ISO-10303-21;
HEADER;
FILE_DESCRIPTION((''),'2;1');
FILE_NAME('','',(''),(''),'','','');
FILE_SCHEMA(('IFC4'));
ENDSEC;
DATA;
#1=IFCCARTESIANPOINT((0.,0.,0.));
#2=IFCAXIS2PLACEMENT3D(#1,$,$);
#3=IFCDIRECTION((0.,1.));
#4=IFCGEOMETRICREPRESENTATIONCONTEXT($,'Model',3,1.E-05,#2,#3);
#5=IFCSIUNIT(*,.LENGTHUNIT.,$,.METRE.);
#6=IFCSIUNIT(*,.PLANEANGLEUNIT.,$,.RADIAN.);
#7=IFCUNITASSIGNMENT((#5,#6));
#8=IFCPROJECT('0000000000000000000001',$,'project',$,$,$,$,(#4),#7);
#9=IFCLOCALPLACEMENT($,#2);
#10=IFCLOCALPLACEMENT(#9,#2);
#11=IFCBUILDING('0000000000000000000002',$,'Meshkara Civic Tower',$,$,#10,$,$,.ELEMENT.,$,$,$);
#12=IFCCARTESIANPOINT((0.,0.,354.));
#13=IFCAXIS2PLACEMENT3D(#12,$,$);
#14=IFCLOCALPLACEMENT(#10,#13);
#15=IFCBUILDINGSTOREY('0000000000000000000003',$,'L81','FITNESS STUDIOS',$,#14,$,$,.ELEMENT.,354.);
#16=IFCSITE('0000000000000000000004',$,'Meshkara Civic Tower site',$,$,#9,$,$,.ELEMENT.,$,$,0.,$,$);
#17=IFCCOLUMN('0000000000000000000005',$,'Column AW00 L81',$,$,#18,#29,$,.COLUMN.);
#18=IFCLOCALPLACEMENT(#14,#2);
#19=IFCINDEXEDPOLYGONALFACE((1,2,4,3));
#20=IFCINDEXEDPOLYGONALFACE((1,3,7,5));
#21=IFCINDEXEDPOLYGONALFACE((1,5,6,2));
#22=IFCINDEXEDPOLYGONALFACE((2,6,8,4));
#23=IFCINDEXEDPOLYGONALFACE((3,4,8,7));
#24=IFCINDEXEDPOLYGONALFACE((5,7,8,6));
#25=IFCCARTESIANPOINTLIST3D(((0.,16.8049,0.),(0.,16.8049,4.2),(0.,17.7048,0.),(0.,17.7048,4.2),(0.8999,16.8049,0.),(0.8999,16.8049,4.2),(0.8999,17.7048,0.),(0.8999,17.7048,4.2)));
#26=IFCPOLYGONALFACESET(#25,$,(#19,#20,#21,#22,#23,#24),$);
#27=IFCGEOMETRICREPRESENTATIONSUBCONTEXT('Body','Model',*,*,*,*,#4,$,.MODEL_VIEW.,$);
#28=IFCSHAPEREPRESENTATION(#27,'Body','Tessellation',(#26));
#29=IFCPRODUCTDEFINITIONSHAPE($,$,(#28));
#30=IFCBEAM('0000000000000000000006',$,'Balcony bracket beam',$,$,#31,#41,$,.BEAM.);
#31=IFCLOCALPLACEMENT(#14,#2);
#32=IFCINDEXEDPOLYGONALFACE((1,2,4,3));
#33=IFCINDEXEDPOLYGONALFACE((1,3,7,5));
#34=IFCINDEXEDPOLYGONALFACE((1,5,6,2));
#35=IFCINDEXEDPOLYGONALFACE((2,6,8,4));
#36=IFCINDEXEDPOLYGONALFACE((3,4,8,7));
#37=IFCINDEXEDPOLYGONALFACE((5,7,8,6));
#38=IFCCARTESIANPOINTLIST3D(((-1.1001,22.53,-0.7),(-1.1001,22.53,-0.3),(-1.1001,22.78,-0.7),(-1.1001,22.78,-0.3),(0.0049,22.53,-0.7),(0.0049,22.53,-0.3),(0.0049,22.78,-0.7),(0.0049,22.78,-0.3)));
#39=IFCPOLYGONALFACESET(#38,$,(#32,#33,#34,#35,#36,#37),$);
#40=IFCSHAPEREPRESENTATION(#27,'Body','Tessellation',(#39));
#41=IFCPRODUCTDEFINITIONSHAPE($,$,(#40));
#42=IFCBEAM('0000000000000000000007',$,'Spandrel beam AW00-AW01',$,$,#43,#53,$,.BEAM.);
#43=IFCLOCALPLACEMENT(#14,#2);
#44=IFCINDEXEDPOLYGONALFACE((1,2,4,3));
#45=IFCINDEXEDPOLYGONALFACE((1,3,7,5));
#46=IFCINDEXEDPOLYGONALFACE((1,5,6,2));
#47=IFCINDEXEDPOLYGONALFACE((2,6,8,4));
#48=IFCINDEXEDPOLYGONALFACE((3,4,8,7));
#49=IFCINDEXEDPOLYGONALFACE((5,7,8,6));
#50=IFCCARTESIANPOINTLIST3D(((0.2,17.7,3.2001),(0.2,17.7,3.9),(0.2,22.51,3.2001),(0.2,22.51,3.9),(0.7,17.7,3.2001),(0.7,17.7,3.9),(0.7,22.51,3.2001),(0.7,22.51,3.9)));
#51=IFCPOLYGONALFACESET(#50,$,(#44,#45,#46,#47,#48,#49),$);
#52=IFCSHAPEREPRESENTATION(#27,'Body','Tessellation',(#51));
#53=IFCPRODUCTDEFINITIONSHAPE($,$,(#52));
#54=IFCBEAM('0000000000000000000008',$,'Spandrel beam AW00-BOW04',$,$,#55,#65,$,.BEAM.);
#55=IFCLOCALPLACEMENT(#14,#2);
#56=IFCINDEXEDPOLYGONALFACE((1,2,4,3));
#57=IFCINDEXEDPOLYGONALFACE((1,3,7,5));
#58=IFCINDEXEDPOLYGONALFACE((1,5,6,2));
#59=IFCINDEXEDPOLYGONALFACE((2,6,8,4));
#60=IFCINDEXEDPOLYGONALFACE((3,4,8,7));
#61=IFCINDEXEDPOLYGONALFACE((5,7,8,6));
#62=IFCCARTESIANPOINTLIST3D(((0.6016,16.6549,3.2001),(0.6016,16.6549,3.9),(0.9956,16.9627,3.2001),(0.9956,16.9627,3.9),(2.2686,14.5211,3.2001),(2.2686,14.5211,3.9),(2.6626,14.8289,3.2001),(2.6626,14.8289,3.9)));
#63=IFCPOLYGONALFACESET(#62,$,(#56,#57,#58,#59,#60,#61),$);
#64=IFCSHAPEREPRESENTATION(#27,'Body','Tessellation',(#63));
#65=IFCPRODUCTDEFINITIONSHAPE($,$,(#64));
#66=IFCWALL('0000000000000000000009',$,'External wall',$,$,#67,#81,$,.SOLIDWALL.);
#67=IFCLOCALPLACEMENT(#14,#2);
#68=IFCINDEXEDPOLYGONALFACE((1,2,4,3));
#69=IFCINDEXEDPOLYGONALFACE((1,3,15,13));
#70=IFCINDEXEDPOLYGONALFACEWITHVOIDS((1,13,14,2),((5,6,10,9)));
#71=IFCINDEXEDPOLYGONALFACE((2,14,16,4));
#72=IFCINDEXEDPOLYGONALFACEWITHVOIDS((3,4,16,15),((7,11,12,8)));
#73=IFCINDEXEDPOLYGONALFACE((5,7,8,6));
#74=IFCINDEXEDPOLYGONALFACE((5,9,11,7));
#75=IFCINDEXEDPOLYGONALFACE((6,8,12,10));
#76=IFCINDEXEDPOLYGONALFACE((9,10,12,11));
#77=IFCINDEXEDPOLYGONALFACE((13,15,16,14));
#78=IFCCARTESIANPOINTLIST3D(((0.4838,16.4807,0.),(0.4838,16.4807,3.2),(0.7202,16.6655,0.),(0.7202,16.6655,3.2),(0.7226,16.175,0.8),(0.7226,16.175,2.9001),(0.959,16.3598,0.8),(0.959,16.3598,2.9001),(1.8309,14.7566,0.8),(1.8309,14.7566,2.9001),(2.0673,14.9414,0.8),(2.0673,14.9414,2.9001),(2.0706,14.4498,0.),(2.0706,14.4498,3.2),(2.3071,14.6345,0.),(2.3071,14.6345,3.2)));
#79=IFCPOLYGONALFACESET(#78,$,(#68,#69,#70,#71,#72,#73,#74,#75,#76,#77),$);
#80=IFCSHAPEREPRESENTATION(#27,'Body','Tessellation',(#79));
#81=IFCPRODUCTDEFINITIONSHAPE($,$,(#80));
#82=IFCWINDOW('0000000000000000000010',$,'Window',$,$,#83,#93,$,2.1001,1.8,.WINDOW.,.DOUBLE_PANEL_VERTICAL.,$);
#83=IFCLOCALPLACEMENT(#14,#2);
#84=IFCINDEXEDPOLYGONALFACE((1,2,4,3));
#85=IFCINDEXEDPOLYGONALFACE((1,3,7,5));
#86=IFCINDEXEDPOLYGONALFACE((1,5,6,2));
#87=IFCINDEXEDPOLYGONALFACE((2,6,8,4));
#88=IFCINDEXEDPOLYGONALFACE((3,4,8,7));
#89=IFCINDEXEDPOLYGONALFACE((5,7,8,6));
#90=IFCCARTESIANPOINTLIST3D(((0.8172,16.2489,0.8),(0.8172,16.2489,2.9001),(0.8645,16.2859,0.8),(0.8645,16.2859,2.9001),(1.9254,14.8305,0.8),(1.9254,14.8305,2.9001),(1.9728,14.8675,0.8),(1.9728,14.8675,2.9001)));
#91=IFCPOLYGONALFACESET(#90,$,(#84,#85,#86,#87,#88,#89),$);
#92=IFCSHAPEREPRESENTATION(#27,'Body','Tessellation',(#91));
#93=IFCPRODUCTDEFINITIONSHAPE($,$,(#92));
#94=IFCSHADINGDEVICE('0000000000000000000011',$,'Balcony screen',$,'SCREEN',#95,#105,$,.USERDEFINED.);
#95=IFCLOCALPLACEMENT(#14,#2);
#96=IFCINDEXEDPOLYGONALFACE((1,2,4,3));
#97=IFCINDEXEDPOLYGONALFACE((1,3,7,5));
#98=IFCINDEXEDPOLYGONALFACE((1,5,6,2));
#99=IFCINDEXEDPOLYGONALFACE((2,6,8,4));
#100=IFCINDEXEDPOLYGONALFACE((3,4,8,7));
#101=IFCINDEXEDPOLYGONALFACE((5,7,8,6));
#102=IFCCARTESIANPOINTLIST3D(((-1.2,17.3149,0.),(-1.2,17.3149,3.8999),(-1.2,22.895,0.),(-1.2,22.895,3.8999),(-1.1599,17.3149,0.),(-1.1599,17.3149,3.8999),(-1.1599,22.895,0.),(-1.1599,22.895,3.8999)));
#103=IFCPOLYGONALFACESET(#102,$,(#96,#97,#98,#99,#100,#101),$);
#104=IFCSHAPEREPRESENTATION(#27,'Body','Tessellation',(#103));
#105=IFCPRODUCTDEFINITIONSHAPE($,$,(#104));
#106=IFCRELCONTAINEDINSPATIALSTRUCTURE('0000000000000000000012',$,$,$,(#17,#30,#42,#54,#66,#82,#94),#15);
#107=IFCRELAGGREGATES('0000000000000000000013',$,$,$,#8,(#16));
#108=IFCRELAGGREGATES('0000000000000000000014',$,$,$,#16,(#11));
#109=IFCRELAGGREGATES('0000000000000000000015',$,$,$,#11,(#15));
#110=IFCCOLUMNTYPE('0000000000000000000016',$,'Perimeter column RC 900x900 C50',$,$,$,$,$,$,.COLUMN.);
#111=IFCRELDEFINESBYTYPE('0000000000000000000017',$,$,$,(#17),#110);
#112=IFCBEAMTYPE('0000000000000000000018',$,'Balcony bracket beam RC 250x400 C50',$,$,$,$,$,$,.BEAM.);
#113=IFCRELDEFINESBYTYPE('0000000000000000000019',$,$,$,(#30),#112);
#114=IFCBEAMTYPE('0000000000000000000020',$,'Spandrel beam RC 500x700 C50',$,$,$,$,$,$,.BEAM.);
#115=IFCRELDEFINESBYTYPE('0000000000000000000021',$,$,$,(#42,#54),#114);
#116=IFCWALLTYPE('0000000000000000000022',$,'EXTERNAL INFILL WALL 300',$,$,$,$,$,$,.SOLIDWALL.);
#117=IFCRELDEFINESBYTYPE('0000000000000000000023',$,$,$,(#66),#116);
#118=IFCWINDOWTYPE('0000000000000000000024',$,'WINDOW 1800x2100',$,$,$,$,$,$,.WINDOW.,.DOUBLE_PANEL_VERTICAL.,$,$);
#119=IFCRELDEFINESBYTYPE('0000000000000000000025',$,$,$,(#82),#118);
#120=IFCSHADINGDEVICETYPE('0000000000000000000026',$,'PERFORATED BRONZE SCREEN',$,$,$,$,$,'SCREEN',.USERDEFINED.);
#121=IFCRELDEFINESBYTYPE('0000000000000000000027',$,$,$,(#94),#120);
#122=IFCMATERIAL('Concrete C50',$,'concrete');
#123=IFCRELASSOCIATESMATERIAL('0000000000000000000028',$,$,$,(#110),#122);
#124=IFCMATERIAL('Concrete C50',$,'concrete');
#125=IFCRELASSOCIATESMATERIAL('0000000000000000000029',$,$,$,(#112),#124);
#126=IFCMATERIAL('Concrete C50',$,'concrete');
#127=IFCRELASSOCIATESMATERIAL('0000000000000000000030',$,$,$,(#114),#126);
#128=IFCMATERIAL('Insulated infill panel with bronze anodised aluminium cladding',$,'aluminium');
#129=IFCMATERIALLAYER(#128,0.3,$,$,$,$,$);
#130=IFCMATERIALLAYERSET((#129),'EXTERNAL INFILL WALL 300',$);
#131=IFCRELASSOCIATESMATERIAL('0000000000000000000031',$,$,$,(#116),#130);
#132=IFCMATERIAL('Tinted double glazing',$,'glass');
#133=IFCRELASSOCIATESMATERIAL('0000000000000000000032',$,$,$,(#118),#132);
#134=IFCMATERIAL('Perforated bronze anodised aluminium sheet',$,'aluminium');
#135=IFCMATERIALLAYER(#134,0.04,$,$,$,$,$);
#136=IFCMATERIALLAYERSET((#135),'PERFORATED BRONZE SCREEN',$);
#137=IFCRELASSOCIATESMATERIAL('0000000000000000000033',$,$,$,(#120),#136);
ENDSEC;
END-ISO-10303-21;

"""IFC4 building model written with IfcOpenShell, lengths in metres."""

from ifc_helpers import new_model, si_unit, direction, frame, frame_2d, origin, origin_2d, place, context, subcontext, project, spatial, rectangle, extrude, material, layer, layer_set, material_profile, profile_set, type_object, element, fill, save


model = new_model("IFC4")

# Units and contexts
model_context = context("Model", 3, precision=1e-05, world=origin(), true_north=direction((0.0, 1.0)))
body_context = subcontext(model_context, "Body", "Model", "MODEL_VIEW")
ifc_project = project(units=[si_unit("LENGTHUNIT", "METRE"), si_unit("PLANEANGLEUNIT", "RADIAN")], contexts=[model_context])

# Site, building, storey
site_placement = place(None, origin())
site = spatial("IfcSite", under=ifc_project, at=site_placement, Name="Meshkara Civic Tower site", CompositionType="ELEMENT", RefElevation=0.0)
building_placement = place(site_placement, origin())
building = spatial("IfcBuilding", under=site, at=building_placement, Name="Meshkara Civic Tower", CompositionType="ELEMENT")
storey_placement = place(building_placement, frame((0.0, 0.0, 354.0)))
storey = spatial("IfcBuildingStorey", under=building, at=storey_placement, Name="L81", Description="FITNESS STUDIOS", CompositionType="ELEMENT", Elevation=354.0)

# Column
ifc_material_1 = material(Name="Concrete C50", Category="concrete")
ifc_material_profile_1 = material_profile(ifc_material_1, rectangle(XDim=0.8999, YDim=0.8999, at=origin_2d()))
ifc_profile_set_1 = profile_set([ifc_material_profile_1], Name="Concrete C50")
column_type = type_object("IfcColumnType", Name="Perimeter column RC 900x900 C50", PredefinedType="COLUMN", material=ifc_profile_set_1)
column_placement = place(storey_placement, frame((0.45, 17.2549, 0.0), z_axis=(0.0, 0.0, 1.0), x_axis=(1.0, 0.0, 0.0)))
element("IfcColumn", 1, at=column_placement, inside=storey, type_object=column_type, Name="Column AW00 L81", PredefinedType="COLUMN", context=body_context, shape_type="SweptSolid", body=[
    extrude(rectangle(XDim=0.8999, YDim=0.8999, at=origin_2d()), origin(), (0.0, 0.0, 1.0), 4.2),
])

# Beams
ifc_material_2 = material(Name="Concrete C50", Category="concrete")
ifc_material_profile_2 = material_profile(ifc_material_2, rectangle(XDim=0.25, YDim=0.3999, at=origin_2d()))
ifc_profile_set_2 = profile_set([ifc_material_profile_2], Name="Concrete C50")
beam_type_1 = type_object("IfcBeamType", Name="Balcony bracket beam RC 250x400 C50", PredefinedType="BEAM", material=ifc_profile_set_2)
beam_1_placement = place(storey_placement, frame((0.0049, 22.655, -0.5), z_axis=(-1.0, 0.0, 0.0), x_axis=(0.0, -1.0, 0.0)))
element("IfcBeam", 2, at=beam_1_placement, inside=storey, type_object=beam_type_1, Name="Balcony bracket beam", PredefinedType="BEAM", context=body_context, shape_type="SweptSolid", body=[
    extrude(rectangle(XDim=0.25, YDim=0.3999, at=origin_2d()), origin(), (0.0, 0.0, 1.0), 1.105),
])
ifc_material_3 = material(Name="Concrete C50", Category="concrete")
ifc_material_profile_3 = material_profile(ifc_material_3, rectangle(XDim=0.5, YDim=0.7, at=origin_2d()))
ifc_profile_set_3 = profile_set([ifc_material_profile_3], Name="Concrete C50")
beam_type_2 = type_object("IfcBeamType", Name="Spandrel beam RC 500x700 C50", PredefinedType="BEAM", material=ifc_profile_set_3)
beam_2_placement = place(storey_placement, frame((0.45, 22.51, 3.55), z_axis=(0.0, -1.0, 0.0), x_axis=(1.0, 0.0, 0.0)))
element("IfcBeam", 3, at=beam_2_placement, inside=storey, type_object=beam_type_2, Name="Spandrel beam AW00-AW01", PredefinedType="BEAM", context=body_context, shape_type="SweptSolid", body=[
    extrude(rectangle(XDim=0.5, YDim=0.7, at=origin_2d()), origin(), (0.0, 0.0, 1.0), 4.8101),
])
beam_3_placement = place(storey_placement, frame((0.7986, 16.8088, 3.55), z_axis=(0.615637, -0.78803, 0.0), x_axis=(0.78803, 0.615637, 0.0)))
element("IfcBeam", 4, at=beam_3_placement, inside=storey, type_object=beam_type_2, Name="Spandrel beam AW00-BOW04", PredefinedType="BEAM", context=body_context, shape_type="SweptSolid", body=[
    extrude(rectangle(XDim=0.5, YDim=0.7, at=origin_2d()), origin(), (0.0, 0.0, 1.0), 2.7078),
])

# Wall, opening, window
ifc_material_4 = material(Name="Insulated infill panel with bronze anodised aluminium cladding", Category="aluminium")
ifc_layer_1 = layer(ifc_material_4, 0.3)
ifc_layer_set_1 = layer_set([ifc_layer_1], Name="EXTERNAL INFILL WALL 300")
wall_type_1 = type_object("IfcWallType", Name="EXTERNAL INFILL WALL 300", PredefinedType="SOLIDWALL", material=ifc_layer_set_1)
wall_1_placement = place(storey_placement, frame((0.6021, 16.573, 0.0), z_axis=(0.0, 0.0, 1.0), x_axis=(0.61569, -0.787988, 0.0)))
wall_1 = element("IfcWall", 5, at=wall_1_placement, inside=storey, type_object=wall_type_1, Name="External wall", PredefinedType="SOLIDWALL", context=body_context, shape_type="SweptSolid", body=[
    extrude(rectangle(XDim=2.5774, YDim=0.3, at=frame_2d((1.2886, 0.0))), origin(), (0.0, 0.0, 1.0), 3.2),
])
opening_1_placement = place(wall_1_placement, frame((0.3879, 0.0, 0.8)))
opening_1 = element("IfcOpeningElement", 6, at=opening_1_placement, cuts=wall_1, PredefinedType="OPENING", context=body_context, shape_type="SweptSolid", body=[
    extrude(rectangle(XDim=1.8, YDim=2.1001, at=frame_2d((0.8999, 1.05))), frame((0.0, 0.1599, 0.0), z_axis=(0.0, -1.0, 0.0), x_axis=(1.0, 0.0, 0.0)), (0.0, 0.0, 1.0), 0.3201),
])
ifc_material_5 = material(Name="Tinted double glazing", Category="glass")
window_type = type_object("IfcWindowType", Name="WINDOW 1800x2100", PartitioningType="DOUBLE_PANEL_VERTICAL", PredefinedType="WINDOW", material=ifc_material_5)
window_placement = place(opening_1_placement, origin())
window = element("IfcWindow", 7, at=window_placement, inside=storey, type_object=window_type, Name="Window", OverallHeight=2.1001, OverallWidth=1.8, PartitioningType="DOUBLE_PANEL_VERTICAL", PredefinedType="WINDOW", context=body_context, shape_type="SweptSolid", body=[
    extrude(rectangle(XDim=1.8, YDim=2.1001, at=frame_2d((0.8999, 1.05))), frame((0.0, 0.03, 0.0), z_axis=(0.0, -1.0, 0.0), x_axis=(1.0, 0.0, 0.0)), (0.0, 0.0, 1.0), 0.0601),
])
fill(opening_1, window)

# Shading device
ifc_material_6 = material(Name="Perforated bronze anodised aluminium sheet", Category="aluminium")
ifc_layer_2 = layer(ifc_material_6, 0.04)
ifc_layer_set_2 = layer_set([ifc_layer_2], Name="PERFORATED BRONZE SCREEN")
shading_device_type = type_object("IfcShadingDeviceType", Name="PERFORATED BRONZE SCREEN", ElementType="SCREEN", PredefinedType="USERDEFINED", material=ifc_layer_set_2)
shading_device_placement = place(storey_placement, frame((-1.1799, 20.105, 0.0), z_axis=(0.0, 0.0, 1.0), x_axis=(0.0, -1.0, 0.0)))
element("IfcShadingDevice", 8, at=shading_device_placement, inside=storey, type_object=shading_device_type, Name="Balcony screen", ObjectType="SCREEN", PredefinedType="USERDEFINED", context=body_context, shape_type="SweptSolid", body=[
    extrude(rectangle(XDim=5.5801, YDim=0.04, at=origin_2d()), origin(), (0.0, 0.0, 1.0), 3.8999),
])

save(model, "model.ifc")
